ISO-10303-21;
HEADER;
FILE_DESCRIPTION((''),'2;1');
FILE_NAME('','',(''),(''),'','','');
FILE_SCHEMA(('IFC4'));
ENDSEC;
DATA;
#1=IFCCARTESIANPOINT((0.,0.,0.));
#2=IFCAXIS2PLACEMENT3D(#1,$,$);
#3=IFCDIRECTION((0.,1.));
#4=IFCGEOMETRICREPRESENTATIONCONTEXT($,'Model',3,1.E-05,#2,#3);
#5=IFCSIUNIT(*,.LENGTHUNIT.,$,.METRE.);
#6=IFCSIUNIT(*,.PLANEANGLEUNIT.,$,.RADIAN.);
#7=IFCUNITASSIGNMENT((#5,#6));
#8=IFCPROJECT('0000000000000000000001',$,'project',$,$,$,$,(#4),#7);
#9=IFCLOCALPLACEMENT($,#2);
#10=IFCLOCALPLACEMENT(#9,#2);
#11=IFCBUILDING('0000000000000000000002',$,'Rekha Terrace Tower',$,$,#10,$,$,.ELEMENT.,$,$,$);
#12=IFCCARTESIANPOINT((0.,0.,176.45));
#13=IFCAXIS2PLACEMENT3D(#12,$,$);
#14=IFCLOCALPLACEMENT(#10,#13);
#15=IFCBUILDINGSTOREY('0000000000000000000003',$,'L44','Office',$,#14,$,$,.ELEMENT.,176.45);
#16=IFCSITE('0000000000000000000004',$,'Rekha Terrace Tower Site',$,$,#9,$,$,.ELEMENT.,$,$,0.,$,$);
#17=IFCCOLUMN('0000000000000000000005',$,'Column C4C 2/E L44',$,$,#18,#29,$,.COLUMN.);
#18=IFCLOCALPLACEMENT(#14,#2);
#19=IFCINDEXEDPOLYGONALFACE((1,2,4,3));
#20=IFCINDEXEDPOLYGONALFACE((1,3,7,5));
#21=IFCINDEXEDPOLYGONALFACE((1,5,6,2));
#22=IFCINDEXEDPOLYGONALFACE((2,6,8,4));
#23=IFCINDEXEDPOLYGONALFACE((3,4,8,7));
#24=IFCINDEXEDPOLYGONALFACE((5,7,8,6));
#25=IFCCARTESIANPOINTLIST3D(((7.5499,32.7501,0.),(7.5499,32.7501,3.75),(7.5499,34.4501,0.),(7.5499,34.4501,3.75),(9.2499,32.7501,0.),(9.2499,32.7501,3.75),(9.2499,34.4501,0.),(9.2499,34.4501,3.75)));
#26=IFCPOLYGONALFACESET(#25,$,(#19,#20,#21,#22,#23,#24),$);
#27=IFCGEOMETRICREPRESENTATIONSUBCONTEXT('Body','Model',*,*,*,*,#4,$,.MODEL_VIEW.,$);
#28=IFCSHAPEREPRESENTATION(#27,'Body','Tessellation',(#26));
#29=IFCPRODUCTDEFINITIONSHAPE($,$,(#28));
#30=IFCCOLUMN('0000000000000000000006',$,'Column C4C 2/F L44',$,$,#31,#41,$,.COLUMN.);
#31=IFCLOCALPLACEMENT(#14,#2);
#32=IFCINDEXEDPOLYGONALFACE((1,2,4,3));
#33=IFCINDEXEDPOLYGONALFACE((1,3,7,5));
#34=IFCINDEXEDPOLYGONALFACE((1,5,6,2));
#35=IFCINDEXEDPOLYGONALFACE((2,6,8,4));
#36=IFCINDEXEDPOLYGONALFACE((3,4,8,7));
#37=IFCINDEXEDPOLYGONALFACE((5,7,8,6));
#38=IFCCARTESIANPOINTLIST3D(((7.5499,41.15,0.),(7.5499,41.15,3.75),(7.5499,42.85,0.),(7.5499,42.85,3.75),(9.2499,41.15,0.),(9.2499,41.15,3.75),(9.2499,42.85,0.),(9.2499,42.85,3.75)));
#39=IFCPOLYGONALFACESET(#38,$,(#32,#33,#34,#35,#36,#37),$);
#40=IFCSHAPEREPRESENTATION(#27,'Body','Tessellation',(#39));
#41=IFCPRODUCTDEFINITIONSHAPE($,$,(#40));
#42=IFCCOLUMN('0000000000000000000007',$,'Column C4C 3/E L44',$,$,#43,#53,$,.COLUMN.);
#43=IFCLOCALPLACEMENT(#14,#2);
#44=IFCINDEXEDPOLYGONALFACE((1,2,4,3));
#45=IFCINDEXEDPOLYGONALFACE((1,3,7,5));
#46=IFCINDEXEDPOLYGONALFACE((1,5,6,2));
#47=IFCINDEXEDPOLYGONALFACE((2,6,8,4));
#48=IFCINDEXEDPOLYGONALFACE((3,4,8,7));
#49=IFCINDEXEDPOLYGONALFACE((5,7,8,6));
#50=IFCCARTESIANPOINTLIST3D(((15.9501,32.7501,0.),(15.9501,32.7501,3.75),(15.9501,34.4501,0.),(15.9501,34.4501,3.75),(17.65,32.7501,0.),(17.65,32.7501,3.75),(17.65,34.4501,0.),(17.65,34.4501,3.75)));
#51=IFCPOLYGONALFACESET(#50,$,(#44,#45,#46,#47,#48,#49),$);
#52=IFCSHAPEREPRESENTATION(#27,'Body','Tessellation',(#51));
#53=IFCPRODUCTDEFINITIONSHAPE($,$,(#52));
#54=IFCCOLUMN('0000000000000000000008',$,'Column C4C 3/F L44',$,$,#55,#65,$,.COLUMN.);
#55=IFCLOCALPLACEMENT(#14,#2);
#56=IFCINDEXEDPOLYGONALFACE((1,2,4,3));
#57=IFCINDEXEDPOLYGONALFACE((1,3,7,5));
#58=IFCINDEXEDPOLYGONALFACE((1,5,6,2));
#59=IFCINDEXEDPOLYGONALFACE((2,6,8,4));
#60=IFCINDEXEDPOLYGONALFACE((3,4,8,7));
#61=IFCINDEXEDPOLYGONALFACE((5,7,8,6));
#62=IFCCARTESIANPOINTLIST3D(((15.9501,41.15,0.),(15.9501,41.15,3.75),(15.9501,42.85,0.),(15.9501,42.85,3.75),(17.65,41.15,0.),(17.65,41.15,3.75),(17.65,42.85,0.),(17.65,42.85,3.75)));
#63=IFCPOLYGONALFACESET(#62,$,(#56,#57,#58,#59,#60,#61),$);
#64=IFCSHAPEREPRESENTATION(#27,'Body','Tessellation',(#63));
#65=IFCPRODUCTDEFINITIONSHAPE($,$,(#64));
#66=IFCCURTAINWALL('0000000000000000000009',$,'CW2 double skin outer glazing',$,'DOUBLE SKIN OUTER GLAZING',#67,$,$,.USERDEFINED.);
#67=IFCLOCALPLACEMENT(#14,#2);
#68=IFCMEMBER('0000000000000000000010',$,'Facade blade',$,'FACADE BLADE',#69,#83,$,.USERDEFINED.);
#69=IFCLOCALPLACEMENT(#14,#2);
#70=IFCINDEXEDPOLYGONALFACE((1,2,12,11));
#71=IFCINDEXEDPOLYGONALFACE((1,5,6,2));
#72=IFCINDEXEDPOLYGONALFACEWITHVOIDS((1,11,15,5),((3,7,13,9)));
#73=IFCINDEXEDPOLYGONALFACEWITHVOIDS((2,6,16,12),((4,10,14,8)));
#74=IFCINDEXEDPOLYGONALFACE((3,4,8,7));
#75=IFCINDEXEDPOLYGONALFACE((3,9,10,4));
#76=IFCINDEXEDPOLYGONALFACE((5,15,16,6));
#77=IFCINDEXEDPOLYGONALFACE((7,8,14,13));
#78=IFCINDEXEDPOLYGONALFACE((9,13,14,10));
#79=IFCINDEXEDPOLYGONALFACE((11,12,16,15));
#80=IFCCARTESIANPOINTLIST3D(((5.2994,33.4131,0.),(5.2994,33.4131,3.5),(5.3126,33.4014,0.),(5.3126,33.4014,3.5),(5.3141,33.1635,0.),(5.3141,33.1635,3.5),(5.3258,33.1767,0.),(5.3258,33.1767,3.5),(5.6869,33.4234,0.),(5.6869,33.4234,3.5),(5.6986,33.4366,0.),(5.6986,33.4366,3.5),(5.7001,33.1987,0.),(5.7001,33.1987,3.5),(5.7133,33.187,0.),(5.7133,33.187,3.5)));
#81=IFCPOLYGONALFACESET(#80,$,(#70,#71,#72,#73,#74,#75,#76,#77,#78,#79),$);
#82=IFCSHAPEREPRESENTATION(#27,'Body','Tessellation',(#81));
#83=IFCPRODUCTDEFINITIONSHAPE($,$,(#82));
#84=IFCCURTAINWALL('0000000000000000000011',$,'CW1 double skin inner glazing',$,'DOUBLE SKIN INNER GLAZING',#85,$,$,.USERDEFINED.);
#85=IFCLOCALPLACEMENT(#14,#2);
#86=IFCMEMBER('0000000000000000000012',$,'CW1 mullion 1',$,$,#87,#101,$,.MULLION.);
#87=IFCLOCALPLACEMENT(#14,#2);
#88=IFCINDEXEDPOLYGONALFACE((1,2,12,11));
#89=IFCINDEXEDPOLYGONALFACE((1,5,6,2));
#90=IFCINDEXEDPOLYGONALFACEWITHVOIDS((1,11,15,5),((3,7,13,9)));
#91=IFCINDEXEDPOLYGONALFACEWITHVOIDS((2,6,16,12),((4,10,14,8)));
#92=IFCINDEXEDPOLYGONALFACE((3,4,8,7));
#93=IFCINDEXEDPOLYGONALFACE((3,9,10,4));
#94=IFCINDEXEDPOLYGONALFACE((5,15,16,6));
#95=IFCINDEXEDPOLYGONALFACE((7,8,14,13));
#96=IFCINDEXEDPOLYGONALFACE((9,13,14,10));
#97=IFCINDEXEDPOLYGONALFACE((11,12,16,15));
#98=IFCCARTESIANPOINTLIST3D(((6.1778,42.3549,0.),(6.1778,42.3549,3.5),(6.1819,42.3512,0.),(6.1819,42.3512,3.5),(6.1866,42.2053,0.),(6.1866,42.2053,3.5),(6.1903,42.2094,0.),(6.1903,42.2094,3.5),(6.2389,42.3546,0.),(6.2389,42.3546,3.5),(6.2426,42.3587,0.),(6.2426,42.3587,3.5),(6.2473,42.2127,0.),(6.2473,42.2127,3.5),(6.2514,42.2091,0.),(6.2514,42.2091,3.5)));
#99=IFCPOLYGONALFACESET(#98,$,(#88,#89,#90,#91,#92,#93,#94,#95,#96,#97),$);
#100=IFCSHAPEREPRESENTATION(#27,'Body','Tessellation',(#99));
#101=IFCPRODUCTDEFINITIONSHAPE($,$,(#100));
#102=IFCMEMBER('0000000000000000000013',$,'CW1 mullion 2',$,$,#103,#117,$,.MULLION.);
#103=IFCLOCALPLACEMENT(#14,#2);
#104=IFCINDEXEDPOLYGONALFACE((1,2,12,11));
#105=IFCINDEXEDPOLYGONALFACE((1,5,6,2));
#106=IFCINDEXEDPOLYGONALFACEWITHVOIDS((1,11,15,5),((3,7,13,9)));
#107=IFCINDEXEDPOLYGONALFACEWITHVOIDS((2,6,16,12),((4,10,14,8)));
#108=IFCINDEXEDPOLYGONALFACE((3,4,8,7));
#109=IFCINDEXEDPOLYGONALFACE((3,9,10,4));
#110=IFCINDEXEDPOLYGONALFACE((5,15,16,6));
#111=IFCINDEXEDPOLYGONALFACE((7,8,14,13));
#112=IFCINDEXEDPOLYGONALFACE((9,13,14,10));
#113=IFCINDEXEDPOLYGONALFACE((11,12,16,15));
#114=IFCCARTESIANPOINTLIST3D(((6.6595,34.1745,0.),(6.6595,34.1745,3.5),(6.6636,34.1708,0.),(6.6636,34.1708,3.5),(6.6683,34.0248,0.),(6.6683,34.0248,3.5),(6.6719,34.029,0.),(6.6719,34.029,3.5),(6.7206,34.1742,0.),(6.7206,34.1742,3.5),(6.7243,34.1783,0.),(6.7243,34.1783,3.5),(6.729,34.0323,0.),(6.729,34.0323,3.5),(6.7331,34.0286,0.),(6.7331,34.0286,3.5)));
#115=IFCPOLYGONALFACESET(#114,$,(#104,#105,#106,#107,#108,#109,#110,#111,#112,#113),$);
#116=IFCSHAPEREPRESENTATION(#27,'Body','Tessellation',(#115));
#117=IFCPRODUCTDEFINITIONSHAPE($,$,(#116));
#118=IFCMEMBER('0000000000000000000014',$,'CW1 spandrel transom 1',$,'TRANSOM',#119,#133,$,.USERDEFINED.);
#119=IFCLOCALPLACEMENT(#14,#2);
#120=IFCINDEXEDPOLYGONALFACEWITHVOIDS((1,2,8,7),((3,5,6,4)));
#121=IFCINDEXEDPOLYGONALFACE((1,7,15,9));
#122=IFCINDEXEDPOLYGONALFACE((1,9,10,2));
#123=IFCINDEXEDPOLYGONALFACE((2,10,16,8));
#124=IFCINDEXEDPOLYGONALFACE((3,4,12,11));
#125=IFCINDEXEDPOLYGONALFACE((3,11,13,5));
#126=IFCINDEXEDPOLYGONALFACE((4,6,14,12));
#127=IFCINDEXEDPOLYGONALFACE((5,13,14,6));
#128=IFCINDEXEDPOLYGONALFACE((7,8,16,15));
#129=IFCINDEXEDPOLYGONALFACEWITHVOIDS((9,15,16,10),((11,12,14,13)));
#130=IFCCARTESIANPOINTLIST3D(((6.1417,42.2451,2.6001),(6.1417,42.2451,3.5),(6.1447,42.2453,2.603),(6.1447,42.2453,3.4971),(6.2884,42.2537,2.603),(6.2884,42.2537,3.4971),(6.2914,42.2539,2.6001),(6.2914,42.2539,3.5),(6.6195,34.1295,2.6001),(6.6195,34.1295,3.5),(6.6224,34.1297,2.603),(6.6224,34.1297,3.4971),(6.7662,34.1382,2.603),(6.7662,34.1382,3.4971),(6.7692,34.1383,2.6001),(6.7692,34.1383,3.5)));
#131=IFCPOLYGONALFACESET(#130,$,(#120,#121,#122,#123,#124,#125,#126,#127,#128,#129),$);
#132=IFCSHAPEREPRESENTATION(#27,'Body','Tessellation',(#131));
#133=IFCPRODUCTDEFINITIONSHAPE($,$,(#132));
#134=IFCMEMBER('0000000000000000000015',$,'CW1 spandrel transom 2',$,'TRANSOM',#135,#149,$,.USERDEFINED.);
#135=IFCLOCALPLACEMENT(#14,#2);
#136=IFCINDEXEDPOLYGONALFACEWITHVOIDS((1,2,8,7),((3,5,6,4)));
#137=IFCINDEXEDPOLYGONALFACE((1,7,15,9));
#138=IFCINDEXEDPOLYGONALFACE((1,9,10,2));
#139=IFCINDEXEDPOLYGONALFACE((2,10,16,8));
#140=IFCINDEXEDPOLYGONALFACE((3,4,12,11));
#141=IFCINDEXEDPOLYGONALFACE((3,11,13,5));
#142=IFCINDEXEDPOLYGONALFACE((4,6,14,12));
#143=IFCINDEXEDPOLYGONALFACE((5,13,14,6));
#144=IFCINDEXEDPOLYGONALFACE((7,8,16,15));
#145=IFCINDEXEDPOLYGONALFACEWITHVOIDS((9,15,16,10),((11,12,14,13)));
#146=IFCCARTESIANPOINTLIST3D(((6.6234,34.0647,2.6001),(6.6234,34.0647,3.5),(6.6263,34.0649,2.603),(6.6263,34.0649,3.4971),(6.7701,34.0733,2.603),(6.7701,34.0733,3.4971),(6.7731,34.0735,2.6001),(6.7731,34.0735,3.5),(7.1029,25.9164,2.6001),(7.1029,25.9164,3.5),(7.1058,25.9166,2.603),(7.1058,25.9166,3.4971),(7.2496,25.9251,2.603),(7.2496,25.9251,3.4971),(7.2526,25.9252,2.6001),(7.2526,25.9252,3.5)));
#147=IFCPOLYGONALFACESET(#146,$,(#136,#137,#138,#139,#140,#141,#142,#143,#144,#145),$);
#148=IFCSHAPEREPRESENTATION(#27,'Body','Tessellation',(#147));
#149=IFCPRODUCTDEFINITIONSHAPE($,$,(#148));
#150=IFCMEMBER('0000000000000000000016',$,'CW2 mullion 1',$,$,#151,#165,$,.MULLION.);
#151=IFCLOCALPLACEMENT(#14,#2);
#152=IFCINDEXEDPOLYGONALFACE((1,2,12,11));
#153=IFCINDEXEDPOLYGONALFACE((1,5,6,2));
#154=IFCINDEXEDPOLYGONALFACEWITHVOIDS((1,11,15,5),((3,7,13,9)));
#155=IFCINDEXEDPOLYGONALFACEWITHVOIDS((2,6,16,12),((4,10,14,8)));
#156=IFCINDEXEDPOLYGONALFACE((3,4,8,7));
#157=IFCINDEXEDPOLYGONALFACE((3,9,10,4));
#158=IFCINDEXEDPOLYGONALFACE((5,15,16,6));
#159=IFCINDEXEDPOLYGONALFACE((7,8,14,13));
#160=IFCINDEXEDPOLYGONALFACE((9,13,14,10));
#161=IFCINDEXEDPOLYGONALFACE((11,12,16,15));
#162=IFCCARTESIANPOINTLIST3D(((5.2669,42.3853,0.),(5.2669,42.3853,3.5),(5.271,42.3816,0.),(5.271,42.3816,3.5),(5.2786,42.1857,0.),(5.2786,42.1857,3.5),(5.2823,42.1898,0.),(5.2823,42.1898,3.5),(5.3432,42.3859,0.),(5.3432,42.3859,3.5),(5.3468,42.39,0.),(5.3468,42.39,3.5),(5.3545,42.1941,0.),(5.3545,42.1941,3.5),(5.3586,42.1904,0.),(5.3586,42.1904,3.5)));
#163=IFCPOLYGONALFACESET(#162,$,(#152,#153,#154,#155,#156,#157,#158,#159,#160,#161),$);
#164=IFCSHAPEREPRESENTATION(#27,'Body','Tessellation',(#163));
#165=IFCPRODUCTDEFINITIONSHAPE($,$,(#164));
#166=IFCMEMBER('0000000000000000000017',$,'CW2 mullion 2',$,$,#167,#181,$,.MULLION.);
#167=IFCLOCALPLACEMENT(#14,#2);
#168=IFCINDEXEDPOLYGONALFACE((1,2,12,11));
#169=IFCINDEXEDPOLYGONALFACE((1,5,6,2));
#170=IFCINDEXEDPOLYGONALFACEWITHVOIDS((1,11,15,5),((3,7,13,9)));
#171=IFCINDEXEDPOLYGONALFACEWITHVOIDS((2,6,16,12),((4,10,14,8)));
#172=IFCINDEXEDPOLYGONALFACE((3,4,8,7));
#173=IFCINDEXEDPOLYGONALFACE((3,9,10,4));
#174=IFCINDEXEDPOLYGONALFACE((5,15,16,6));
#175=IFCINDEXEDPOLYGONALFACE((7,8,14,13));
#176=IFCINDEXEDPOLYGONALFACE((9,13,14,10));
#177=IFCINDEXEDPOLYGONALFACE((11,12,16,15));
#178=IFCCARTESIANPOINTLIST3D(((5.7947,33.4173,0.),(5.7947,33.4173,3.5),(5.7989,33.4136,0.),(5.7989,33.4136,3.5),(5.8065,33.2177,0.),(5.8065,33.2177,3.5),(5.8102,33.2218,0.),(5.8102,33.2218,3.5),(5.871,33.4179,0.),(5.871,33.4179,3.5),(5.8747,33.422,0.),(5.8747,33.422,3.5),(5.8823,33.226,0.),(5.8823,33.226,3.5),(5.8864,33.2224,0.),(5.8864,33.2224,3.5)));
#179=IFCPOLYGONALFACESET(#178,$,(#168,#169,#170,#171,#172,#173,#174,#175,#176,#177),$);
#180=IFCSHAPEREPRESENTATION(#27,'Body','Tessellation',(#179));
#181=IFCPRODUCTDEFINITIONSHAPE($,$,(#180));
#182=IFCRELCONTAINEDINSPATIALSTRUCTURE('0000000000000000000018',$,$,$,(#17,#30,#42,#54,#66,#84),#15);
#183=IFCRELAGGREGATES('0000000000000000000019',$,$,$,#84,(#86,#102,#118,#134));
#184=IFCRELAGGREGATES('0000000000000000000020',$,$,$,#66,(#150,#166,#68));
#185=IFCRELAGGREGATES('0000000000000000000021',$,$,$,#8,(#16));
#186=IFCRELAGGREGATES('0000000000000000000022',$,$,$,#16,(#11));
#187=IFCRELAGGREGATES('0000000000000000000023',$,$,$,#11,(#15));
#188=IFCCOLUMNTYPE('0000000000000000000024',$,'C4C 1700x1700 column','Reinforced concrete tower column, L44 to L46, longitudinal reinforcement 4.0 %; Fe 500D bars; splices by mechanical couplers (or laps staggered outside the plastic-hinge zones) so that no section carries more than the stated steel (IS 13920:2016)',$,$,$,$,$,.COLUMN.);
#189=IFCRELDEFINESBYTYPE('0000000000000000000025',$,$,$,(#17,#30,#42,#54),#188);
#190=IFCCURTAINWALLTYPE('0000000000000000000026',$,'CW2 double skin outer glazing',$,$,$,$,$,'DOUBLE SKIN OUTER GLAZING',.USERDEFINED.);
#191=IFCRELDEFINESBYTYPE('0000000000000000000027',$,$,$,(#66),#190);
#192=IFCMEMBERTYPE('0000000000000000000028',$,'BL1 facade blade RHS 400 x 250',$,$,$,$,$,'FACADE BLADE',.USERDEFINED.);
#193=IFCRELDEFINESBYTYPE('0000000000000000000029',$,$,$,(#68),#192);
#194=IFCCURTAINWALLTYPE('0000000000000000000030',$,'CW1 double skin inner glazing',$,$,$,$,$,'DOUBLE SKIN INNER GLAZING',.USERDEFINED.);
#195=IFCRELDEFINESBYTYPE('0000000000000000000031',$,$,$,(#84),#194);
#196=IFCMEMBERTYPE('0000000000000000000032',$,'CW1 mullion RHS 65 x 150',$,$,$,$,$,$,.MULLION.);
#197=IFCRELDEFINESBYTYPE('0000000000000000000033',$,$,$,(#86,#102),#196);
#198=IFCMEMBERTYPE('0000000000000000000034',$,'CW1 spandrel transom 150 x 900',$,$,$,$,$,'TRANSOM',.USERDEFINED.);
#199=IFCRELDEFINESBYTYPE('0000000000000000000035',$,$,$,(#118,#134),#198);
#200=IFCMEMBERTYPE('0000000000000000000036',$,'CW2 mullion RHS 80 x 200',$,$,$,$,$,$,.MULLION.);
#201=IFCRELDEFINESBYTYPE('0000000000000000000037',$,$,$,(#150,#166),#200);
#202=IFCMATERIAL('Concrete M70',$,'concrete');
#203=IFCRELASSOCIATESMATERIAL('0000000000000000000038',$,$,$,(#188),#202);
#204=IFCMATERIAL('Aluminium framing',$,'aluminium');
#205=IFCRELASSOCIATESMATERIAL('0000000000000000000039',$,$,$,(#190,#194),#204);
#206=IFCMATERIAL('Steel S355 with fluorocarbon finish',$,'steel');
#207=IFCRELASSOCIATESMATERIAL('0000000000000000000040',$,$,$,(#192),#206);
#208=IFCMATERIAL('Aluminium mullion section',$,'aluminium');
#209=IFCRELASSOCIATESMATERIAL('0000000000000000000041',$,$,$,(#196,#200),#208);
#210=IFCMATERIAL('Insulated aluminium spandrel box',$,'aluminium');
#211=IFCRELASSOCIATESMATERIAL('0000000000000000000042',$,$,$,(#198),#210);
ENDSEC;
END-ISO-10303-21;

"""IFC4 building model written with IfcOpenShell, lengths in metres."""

from ifc_helpers import new_model, si_unit, direction, frame, origin, origin_2d, place, context, subcontext, project, spatial, rectangle, hollow_rectangle, extrude, material, material_profile, profile_set, type_object, element, aggregate, save


model = new_model("IFC4")

# Units and contexts
model_context = context("Model", 3, precision=1e-05, world=origin(), true_north=direction((0.0, 1.0)))
body_context = subcontext(model_context, "Body", "Model", "MODEL_VIEW")
ifc_project = project(units=[si_unit("LENGTHUNIT", "METRE"), si_unit("PLANEANGLEUNIT", "RADIAN")], contexts=[model_context])

# Site, building, storey
site_placement = place(None, origin())
site = spatial("IfcSite", under=ifc_project, at=site_placement, Name="Rekha Terrace Tower Site", CompositionType="ELEMENT", RefElevation=0.0)
building_placement = place(site_placement, origin())
building = spatial("IfcBuilding", under=site, at=building_placement, Name="Rekha Terrace Tower", CompositionType="ELEMENT")
storey_placement = place(building_placement, frame((0.0, 0.0, 176.45)))
storey = spatial("IfcBuildingStorey", under=building, at=storey_placement, Name="L44", Description="Office", CompositionType="ELEMENT", Elevation=176.45)

# Columns
ifc_material_1 = material(Name="Concrete M70", Category="concrete")
ifc_material_profile_1 = material_profile(ifc_material_1, rectangle(XDim=1.7, YDim=1.7, at=origin_2d()), Name="RC 1700x1700")
ifc_profile_set_1 = profile_set([ifc_material_profile_1], Name="Concrete M70")
column_type = type_object("IfcColumnType", Name="C4C 1700x1700 column", Description="Reinforced concrete tower column, L44 to L46, longitudinal reinforcement 4.0 %; Fe 500D bars; splices by mechanical couplers (or laps staggered outside the plastic-hinge zones) so that no section carries more than the stated steel (IS 13920:2016)", PredefinedType="COLUMN", material=ifc_profile_set_1)
for number, where, z_axis, x_axis, name in (
    (1, (8.3999, 33.6001, 0.0), (0.0, 0.0, 1.0), (1.0, 0.0, 0.0), "Column C4C 2/E L44"),
    (2, (8.3999, 42.0, 0.0), (0.0, 0.0, 1.0), (1.0, 0.0, 0.0), "Column C4C 2/F L44"),
    (3, (16.8, 33.6001, 0.0), (0.0, 0.0, 1.0), (1.0, 0.0, 0.0), "Column C4C 3/E L44"),
    (4, (16.8, 42.0, 0.0), (0.0, 0.0, 1.0), (1.0, 0.0, 0.0), "Column C4C 3/F L44"),
):
    element("IfcColumn", number, at=place(storey_placement, frame(where, z_axis=z_axis, x_axis=x_axis)), inside=storey, type_object=column_type, Name=name, PredefinedType="COLUMN", context=body_context, shape_type="SweptSolid", body=[
        extrude(rectangle(XDim=1.7, YDim=1.7, at=origin_2d()), origin(), (0.0, 0.0, 1.0), 3.75),
    ])

# Curtain wall, member
ifc_material_2 = material(Name="Aluminium framing", Category="aluminium")
curtain_wall_type_1 = type_object("IfcCurtainWallType", Name="CW2 double skin outer glazing", ElementType="DOUBLE SKIN OUTER GLAZING", PredefinedType="USERDEFINED", material=ifc_material_2)
curtain_wall_1_placement = place(storey_placement, origin())
curtain_wall_1 = element("IfcCurtainWall", 5, at=curtain_wall_1_placement, inside=storey, type_object=curtain_wall_type_1, Name="CW2 double skin outer glazing", ObjectType="DOUBLE SKIN OUTER GLAZING", PredefinedType="USERDEFINED")
ifc_material_3 = material(Name="Steel S355 with fluorocarbon finish", Category="steel")
ifc_material_profile_2 = material_profile(ifc_material_3, hollow_rectangle(XDim=0.25, YDim=0.3999, WallThickness=0.0125, at=origin_2d()), Name="RHS400x250x12.5")
ifc_profile_set_2 = profile_set([ifc_material_profile_2], Name="Steel S355 with fluorocarbon finish")
member_type_1 = type_object("IfcMemberType", Name="BL1 facade blade RHS 400 x 250", ElementType="FACADE BLADE", PredefinedType="USERDEFINED", material=ifc_profile_set_2)
member_1_placement = place(storey_placement, frame((5.5063, 33.3, 0.0), z_axis=(0.0, 0.0, 1.0), x_axis=(0.058765, -0.998272, 0.0)))
member_1 = element("IfcMember", 6, at=member_1_placement, type_object=member_type_1, Name="Facade blade", ObjectType="FACADE BLADE", PredefinedType="USERDEFINED", context=body_context, shape_type="SweptSolid", body=[
    extrude(hollow_rectangle(XDim=0.25, YDim=0.3999, WallThickness=0.0125, at=origin_2d()), origin(), (0.0, 0.0, 1.0), 3.5),
])

# Curtain wall, members
curtain_wall_type_2 = type_object("IfcCurtainWallType", Name="CW1 double skin inner glazing", ElementType="DOUBLE SKIN INNER GLAZING", PredefinedType="USERDEFINED", material=ifc_material_2)
curtain_wall_2_placement = place(storey_placement, origin())
curtain_wall_2 = element("IfcCurtainWall", 7, at=curtain_wall_2_placement, inside=storey, type_object=curtain_wall_type_2, Name="CW1 double skin inner glazing", ObjectType="DOUBLE SKIN INNER GLAZING", PredefinedType="USERDEFINED")
ifc_material_4 = material(Name="Aluminium mullion section", Category="aluminium")
ifc_material_profile_3 = material_profile(ifc_material_4, hollow_rectangle(XDim=0.0649, YDim=0.1499, WallThickness=0.0039, at=origin_2d()), Name="AL RHS 65x150")
ifc_profile_set_3 = profile_set([ifc_material_profile_3], Name="Aluminium mullion section")
member_type_2 = type_object("IfcMemberType", Name="CW1 mullion RHS 65 x 150", PredefinedType="MULLION", material=ifc_profile_set_3)
member_2_placement = place(storey_placement, frame((6.2146, 42.282, 0.0), z_axis=(0.0, 0.0, 1.0), x_axis=(0.998272, 0.058765, 0.0)))
member_2 = element("IfcMember", 8, at=member_2_placement, type_object=member_type_2, Name="CW1 mullion 1", PredefinedType="MULLION", context=body_context, shape_type="SweptSolid", body=[
    extrude(hollow_rectangle(XDim=0.0649, YDim=0.1499, WallThickness=0.0039, at=origin_2d()), origin(), (0.0, 0.0, 1.0), 3.5),
])
member_3_placement = place(storey_placement, frame((6.6963, 34.1016, 0.0), z_axis=(0.0, 0.0, 1.0), x_axis=(0.998272, 0.058765, 0.0)))
member_3 = element("IfcMember", 9, at=member_3_placement, type_object=member_type_2, Name="CW1 mullion 2", PredefinedType="MULLION", context=body_context, shape_type="SweptSolid", body=[
    extrude(hollow_rectangle(XDim=0.0649, YDim=0.1499, WallThickness=0.0039, at=origin_2d()), origin(), (0.0, 0.0, 1.0), 3.5),
])
ifc_material_5 = material(Name="Insulated aluminium spandrel box", Category="aluminium")
ifc_material_profile_4 = material_profile(ifc_material_5, hollow_rectangle(XDim=0.1499, YDim=0.8999, WallThickness=0.0029, at=origin_2d()), Name="AL SPANDREL BOX 150x900")
ifc_profile_set_4 = profile_set([ifc_material_profile_4], Name="Insulated aluminium spandrel box")
member_type_3 = type_object("IfcMemberType", Name="CW1 spandrel transom 150 x 900", ElementType="TRANSOM", PredefinedType="USERDEFINED", material=ifc_profile_set_4)
member_4_placement = place(storey_placement, frame((6.2166, 42.2495, 3.05), z_axis=(0.058771, -0.998271, 0.0), x_axis=(0.998271, 0.058771, 0.0)))
member_4 = element("IfcMember", 10, at=member_4_placement, type_object=member_type_3, Name="CW1 spandrel transom 1", ObjectType="TRANSOM", PredefinedType="USERDEFINED", context=body_context, shape_type="SweptSolid", body=[
    extrude(hollow_rectangle(XDim=0.1499, YDim=0.8999, WallThickness=0.0029, at=origin_2d()), origin(), (0.0, 0.0, 1.0), 8.1296),
])
member_5_placement = place(storey_placement, frame((6.6982, 34.0691, 3.05), z_axis=(0.058745, -0.998273, 0.0), x_axis=(0.998273, 0.058745, 0.0)))
member_5 = element("IfcMember", 11, at=member_5_placement, type_object=member_type_3, Name="CW1 spandrel transom 2", ObjectType="TRANSOM", PredefinedType="USERDEFINED", context=body_context, shape_type="SweptSolid", body=[
    extrude(hollow_rectangle(XDim=0.1499, YDim=0.8999, WallThickness=0.0029, at=origin_2d()), origin(), (0.0, 0.0, 1.0), 8.1624),
])

# Members
ifc_material_profile_5 = material_profile(ifc_material_4, hollow_rectangle(XDim=0.0801, YDim=0.2, WallThickness=0.0039, at=origin_2d()), Name="AL RHS 80x200")
ifc_profile_set_5 = profile_set([ifc_material_profile_5], Name="Aluminium mullion section")
member_type_4 = type_object("IfcMemberType", Name="CW2 mullion RHS 80 x 200", PredefinedType="MULLION", material=ifc_profile_set_5)
member_6_placement = place(storey_placement, frame((5.3127, 42.2878, 0.0), z_axis=(0.0, 0.0, 1.0), x_axis=(0.998272, 0.058765, 0.0)))
member_6 = element("IfcMember", 12, at=member_6_placement, type_object=member_type_4, Name="CW2 mullion 1", PredefinedType="MULLION", context=body_context, shape_type="SweptSolid", body=[
    extrude(hollow_rectangle(XDim=0.0801, YDim=0.2, WallThickness=0.0039, at=origin_2d()), origin(), (0.0, 0.0, 1.0), 3.5),
])
member_7_placement = place(storey_placement, frame((5.8406, 33.3198, 0.0), z_axis=(0.0, 0.0, 1.0), x_axis=(0.998272, 0.058765, 0.0)))
member_7 = element("IfcMember", 13, at=member_7_placement, type_object=member_type_4, Name="CW2 mullion 2", PredefinedType="MULLION", context=body_context, shape_type="SweptSolid", body=[
    extrude(hollow_rectangle(XDim=0.0801, YDim=0.2, WallThickness=0.0039, at=origin_2d()), origin(), (0.0, 0.0, 1.0), 3.5),
])

aggregate(curtain_wall_2, [member_2, member_3, member_4, member_5])
aggregate(curtain_wall_1, [member_6, member_7, member_1])

save(model, "model.ifc")
